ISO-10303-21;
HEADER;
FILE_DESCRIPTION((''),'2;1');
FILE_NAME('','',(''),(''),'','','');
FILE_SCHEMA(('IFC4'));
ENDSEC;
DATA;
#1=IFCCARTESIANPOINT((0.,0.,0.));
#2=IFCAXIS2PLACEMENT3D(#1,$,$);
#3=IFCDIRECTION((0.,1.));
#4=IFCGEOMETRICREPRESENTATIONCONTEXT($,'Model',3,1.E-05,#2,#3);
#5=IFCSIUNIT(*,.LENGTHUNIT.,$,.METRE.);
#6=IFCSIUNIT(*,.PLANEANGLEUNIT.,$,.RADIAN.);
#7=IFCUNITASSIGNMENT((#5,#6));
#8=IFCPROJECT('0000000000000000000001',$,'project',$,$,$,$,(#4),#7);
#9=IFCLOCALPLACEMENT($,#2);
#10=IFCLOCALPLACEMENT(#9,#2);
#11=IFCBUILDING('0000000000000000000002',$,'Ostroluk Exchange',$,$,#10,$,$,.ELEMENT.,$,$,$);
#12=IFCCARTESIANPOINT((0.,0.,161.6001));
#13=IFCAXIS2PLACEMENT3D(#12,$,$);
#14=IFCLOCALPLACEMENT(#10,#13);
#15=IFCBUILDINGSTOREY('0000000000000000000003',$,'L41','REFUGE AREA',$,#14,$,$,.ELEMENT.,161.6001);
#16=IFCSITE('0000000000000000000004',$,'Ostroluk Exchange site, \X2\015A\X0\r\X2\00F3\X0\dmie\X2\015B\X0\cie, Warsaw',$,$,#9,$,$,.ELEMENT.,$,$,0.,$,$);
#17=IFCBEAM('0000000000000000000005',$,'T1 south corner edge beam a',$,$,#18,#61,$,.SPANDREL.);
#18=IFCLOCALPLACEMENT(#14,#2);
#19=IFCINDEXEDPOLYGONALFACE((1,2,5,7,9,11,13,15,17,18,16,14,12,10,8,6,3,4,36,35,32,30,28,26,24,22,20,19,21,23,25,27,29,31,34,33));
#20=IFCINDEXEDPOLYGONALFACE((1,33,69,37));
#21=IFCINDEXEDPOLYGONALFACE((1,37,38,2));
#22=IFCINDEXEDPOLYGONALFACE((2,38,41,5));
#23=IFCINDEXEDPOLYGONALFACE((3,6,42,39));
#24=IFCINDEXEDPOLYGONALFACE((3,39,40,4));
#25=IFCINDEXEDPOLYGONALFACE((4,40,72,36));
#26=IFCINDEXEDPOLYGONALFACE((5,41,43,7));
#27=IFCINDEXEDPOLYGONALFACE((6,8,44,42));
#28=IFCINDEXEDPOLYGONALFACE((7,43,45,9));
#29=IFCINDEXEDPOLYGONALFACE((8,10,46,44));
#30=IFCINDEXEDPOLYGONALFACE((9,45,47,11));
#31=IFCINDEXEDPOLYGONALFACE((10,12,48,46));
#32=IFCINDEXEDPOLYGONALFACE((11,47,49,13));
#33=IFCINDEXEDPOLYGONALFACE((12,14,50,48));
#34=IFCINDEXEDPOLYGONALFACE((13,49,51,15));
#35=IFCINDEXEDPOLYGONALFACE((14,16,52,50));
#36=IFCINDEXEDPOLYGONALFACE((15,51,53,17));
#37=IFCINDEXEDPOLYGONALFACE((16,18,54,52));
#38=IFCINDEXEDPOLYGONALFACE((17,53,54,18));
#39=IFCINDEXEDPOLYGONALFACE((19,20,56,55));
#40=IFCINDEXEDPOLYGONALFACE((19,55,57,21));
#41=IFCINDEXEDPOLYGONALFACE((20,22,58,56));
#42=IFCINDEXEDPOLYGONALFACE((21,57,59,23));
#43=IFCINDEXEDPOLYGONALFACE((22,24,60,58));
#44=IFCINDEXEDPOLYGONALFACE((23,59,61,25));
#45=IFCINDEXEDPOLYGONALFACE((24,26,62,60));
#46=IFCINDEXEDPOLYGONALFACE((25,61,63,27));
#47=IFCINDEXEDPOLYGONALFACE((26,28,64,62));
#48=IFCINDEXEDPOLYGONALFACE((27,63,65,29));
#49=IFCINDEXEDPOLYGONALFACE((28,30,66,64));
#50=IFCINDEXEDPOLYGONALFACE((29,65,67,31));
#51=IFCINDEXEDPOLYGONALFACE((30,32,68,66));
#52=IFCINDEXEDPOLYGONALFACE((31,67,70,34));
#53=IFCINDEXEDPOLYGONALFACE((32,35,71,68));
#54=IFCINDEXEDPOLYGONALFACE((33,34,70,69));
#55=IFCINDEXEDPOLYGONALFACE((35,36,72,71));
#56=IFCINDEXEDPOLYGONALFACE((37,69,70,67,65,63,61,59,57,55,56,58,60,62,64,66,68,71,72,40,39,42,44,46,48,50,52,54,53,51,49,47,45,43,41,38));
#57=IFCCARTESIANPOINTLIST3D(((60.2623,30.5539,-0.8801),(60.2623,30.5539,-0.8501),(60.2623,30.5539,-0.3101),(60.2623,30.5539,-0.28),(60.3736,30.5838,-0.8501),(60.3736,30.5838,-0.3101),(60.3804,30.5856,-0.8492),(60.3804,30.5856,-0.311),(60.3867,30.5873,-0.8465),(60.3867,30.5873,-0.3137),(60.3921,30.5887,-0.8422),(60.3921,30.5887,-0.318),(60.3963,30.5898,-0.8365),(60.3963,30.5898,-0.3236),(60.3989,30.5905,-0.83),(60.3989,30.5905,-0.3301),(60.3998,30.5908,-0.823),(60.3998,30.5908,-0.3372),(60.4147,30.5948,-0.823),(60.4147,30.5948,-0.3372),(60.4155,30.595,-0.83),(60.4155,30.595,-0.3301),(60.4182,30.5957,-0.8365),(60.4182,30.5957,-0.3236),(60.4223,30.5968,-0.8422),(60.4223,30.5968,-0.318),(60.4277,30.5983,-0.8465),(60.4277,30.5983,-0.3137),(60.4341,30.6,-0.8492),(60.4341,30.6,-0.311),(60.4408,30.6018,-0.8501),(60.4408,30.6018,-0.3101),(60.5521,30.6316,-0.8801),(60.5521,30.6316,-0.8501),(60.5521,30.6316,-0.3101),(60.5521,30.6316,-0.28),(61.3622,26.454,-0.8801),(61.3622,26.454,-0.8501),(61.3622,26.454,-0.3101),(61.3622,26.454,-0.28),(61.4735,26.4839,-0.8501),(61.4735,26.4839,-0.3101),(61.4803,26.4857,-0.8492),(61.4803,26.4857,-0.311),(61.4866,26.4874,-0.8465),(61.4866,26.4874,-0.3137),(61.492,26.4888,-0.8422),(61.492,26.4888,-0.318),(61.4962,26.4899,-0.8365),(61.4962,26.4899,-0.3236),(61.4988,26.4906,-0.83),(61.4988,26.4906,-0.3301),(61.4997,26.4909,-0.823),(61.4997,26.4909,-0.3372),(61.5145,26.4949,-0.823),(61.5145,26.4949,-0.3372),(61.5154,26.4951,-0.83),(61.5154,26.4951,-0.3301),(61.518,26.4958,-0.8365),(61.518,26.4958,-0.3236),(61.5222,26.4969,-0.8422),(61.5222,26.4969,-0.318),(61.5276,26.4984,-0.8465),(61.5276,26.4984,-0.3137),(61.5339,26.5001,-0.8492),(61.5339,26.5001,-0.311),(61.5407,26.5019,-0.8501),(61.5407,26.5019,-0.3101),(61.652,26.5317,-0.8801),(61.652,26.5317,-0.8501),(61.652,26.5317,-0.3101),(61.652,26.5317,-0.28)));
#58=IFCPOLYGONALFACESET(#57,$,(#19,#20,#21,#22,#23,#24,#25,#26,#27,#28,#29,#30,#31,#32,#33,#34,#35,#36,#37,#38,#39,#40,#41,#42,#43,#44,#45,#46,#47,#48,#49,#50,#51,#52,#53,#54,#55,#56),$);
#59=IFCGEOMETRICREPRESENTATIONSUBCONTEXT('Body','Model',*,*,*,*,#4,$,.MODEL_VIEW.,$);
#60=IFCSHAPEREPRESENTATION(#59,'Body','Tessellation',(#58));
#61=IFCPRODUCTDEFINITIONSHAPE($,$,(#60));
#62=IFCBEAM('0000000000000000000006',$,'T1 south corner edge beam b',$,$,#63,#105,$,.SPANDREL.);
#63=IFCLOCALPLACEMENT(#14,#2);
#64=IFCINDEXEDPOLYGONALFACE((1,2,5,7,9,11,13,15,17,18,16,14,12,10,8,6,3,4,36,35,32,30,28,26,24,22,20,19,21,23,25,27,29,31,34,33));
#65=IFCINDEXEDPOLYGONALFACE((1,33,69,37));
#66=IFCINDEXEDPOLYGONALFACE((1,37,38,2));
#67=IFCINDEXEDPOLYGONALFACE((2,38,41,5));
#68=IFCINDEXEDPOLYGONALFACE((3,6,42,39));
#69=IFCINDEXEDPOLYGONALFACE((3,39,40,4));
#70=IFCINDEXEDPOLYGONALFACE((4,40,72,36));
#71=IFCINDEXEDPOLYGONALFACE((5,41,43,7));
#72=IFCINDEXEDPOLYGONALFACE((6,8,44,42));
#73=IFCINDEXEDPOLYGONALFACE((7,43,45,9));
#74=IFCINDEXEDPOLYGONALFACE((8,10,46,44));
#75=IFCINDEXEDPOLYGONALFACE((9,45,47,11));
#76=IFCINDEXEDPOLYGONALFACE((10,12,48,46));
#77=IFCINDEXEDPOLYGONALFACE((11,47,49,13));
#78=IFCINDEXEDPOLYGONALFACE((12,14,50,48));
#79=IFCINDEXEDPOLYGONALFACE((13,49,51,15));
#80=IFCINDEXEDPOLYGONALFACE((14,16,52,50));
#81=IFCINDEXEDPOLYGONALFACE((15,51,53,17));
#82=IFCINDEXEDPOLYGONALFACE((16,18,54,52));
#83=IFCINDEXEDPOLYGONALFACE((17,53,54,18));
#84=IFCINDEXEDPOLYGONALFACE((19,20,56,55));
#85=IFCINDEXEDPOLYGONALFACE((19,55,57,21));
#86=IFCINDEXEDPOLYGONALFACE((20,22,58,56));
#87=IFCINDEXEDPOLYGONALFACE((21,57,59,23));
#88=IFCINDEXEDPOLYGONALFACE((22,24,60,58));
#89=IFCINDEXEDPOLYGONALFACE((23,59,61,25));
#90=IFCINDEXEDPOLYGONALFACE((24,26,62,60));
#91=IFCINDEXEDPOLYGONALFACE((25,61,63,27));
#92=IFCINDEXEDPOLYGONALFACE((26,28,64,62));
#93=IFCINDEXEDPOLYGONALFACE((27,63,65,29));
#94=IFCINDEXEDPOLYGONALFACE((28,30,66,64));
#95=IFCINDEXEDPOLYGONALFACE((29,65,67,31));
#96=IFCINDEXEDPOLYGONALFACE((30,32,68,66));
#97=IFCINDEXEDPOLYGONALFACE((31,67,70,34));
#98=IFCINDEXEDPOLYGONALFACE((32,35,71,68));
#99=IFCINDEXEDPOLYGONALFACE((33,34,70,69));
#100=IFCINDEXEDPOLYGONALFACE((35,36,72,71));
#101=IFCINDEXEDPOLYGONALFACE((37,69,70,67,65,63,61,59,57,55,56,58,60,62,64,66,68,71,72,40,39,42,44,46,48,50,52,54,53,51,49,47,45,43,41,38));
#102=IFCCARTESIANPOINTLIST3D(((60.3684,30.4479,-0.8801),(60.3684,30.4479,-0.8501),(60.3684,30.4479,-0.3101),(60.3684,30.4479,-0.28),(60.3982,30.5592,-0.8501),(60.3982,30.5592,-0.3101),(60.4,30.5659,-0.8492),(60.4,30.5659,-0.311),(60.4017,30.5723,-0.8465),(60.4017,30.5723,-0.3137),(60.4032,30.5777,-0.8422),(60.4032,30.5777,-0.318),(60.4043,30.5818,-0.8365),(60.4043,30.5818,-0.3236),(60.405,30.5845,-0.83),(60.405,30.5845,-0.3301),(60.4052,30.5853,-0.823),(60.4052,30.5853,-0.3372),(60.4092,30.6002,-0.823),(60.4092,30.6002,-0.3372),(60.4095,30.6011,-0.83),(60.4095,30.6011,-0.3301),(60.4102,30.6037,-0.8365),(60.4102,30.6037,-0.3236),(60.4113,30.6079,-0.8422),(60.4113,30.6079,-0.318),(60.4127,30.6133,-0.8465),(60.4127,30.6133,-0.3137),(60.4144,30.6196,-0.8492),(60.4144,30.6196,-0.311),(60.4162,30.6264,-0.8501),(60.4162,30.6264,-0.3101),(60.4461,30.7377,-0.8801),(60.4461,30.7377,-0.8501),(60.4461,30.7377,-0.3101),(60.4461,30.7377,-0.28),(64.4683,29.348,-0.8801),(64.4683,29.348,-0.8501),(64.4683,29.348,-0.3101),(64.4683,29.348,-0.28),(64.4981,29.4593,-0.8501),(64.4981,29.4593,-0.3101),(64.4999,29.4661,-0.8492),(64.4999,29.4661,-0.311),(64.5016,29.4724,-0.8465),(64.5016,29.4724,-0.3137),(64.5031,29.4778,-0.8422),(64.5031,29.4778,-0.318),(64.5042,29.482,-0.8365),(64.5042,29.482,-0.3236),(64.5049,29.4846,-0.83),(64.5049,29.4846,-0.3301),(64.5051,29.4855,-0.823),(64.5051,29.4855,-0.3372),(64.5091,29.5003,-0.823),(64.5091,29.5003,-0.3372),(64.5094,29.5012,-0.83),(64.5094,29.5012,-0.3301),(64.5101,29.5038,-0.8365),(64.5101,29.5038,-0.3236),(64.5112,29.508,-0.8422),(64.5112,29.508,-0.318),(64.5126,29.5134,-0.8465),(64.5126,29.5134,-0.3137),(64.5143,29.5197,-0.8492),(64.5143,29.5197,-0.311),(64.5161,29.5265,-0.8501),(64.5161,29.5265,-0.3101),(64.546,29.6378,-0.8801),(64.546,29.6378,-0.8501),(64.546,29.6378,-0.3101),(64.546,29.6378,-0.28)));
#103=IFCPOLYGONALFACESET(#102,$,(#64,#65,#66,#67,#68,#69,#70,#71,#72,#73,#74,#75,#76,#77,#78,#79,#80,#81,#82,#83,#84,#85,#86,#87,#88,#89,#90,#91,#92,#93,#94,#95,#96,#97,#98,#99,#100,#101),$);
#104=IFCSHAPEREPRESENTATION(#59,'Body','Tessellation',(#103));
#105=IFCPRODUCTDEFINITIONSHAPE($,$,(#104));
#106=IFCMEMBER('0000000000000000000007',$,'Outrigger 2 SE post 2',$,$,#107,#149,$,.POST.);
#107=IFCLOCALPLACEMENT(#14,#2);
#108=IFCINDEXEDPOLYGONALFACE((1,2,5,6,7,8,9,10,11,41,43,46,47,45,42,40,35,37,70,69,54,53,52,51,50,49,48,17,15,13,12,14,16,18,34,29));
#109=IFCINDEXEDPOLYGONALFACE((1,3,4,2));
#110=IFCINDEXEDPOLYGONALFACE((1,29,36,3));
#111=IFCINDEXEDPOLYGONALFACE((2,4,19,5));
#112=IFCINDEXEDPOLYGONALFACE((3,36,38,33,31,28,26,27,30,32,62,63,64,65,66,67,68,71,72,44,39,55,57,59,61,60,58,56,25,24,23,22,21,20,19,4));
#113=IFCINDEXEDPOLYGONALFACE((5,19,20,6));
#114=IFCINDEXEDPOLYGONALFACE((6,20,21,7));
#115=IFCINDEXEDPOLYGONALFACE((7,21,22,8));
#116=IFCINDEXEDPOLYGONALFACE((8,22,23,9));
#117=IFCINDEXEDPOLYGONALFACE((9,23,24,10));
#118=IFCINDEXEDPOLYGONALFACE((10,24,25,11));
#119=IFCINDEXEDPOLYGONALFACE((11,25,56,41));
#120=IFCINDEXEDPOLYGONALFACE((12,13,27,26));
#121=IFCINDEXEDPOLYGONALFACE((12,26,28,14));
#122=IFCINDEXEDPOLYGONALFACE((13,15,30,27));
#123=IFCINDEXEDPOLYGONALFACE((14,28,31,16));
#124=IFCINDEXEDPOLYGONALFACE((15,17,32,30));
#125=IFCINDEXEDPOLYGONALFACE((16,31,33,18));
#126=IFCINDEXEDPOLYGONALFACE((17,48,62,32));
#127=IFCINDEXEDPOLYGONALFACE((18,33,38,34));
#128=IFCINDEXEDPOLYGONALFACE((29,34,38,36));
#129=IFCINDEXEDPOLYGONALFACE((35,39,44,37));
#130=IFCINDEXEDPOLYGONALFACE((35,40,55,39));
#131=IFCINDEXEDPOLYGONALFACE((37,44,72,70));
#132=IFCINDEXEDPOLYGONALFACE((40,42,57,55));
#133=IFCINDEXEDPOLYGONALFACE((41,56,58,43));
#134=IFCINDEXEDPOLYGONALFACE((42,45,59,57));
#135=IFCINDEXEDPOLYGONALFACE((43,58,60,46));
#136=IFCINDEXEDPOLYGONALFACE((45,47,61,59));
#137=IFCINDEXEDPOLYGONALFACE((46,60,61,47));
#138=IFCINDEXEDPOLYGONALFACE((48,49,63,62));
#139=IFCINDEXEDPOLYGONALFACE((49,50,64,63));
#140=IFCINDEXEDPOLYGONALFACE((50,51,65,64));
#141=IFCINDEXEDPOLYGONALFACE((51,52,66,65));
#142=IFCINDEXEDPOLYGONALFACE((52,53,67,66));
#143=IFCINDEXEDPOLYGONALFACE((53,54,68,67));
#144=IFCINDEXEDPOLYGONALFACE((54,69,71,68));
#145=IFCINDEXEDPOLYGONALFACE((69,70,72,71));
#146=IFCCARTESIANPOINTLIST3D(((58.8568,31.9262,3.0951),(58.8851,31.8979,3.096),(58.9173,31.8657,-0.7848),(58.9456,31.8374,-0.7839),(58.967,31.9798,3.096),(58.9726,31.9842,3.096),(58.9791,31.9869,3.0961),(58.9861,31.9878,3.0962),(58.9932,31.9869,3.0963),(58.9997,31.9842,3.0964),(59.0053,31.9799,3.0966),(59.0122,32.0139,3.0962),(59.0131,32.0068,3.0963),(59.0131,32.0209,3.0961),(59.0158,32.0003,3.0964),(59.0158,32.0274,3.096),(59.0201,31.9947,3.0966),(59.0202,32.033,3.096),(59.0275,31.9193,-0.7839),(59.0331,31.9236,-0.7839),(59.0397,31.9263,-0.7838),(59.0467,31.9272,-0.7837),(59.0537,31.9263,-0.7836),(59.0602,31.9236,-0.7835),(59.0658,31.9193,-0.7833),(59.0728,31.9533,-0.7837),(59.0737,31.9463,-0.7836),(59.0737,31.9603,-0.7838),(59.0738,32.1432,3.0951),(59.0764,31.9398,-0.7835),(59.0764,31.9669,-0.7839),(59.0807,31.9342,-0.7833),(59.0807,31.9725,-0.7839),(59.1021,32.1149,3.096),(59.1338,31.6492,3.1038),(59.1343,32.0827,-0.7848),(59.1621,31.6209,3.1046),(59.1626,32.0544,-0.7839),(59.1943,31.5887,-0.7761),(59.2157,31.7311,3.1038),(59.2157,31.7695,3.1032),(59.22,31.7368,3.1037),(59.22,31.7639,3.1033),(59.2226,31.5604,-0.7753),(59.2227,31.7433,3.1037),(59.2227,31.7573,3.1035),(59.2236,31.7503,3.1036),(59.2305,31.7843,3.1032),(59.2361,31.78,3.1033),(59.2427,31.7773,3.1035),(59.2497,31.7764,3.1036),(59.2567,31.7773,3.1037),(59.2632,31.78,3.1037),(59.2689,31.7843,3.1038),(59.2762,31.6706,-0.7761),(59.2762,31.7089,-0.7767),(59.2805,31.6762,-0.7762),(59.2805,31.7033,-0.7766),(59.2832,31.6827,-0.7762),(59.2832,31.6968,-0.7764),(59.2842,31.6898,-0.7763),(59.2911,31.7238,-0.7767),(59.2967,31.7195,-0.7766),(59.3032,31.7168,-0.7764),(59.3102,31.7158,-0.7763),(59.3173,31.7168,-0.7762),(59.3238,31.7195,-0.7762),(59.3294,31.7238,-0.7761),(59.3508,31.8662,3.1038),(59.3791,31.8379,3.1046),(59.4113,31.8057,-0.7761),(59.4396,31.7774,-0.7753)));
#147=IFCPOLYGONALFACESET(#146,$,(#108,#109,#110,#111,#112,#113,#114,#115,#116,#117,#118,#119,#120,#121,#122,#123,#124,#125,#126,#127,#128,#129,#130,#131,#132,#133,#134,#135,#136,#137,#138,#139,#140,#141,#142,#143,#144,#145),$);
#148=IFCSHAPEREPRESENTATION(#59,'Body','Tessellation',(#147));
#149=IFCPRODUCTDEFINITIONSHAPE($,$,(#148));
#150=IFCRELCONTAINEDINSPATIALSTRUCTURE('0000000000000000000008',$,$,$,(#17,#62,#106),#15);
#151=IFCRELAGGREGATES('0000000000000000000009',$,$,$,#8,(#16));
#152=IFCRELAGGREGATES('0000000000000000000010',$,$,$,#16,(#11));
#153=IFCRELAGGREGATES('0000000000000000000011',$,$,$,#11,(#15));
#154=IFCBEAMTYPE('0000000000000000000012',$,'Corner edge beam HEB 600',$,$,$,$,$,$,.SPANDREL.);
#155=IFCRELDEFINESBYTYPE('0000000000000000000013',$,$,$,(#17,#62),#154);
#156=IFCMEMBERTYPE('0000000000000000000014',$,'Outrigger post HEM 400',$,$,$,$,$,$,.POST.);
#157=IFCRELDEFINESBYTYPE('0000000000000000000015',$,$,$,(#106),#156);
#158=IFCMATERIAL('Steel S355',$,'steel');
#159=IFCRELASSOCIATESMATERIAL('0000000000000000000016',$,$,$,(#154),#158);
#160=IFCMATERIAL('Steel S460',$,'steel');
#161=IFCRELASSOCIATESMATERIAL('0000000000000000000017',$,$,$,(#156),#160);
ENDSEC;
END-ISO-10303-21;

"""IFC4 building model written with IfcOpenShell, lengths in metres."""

from ifc_helpers import new_model, si_unit, direction, frame, origin, origin_2d, place, context, subcontext, project, spatial, i_section, extrude, material, material_profile, profile_set, type_object, element, save


model = new_model("IFC4")

# Units and contexts
model_context = context("Model", 3, precision=1e-05, world=origin(), true_north=direction((0.0, 1.0)))
body_context = subcontext(model_context, "Body", "Model", "MODEL_VIEW")
ifc_project = project(units=[si_unit("LENGTHUNIT", "METRE"), si_unit("PLANEANGLEUNIT", "RADIAN")], contexts=[model_context])

# Site, building, storey
site_placement = place(None, origin())
site = spatial("IfcSite", under=ifc_project, at=site_placement, Name="Ostroluk Exchange site, Śródmieście, Warsaw", CompositionType="ELEMENT", RefElevation=0.0)
building_placement = place(site_placement, origin())
building = spatial("IfcBuilding", under=site, at=building_placement, Name="Ostroluk Exchange", CompositionType="ELEMENT")
storey_placement = place(building_placement, frame((0.0, 0.0, 161.6001)))
storey = spatial("IfcBuildingStorey", under=building, at=storey_placement, Name="L41", Description="REFUGE AREA", CompositionType="ELEMENT", Elevation=161.6001)

# Beams
ifc_material_1 = material(Name="Steel S355", Category="steel")
ifc_material_profile_1 = material_profile(ifc_material_1, i_section(OverallWidth=0.3, OverallDepth=0.6001, WebThickness=0.0154, FlangeThickness=0.03, FilletRadius=0.0271, at=origin_2d()), Name="HEB 600")
ifc_profile_set_1 = profile_set([ifc_material_profile_1], Name="Steel S355")
beam_type = type_object("IfcBeamType", Name="Corner edge beam HEB 600", PredefinedType="SPANDREL", material=ifc_profile_set_1)
for number, where, z_axis, x_axis, name in (
    (1, (60.4072, 30.5928, -0.5801), (0.259105, -0.965849, 0.0), (0.965849, 0.259105, 0.0), "T1 south corner edge beam a"),
    (2, (60.4072, 30.5928, -0.5801), (0.965849, -0.259105, 0.0), (0.259105, 0.965849, 0.0), "T1 south corner edge beam b"),
):
    element("IfcBeam", number, at=place(storey_placement, frame(where, z_axis=z_axis, x_axis=x_axis)), inside=storey, type_object=beam_type, Name=name, PredefinedType="SPANDREL", context=body_context, shape_type="SweptSolid", body=[
        extrude(i_section(OverallWidth=0.3, OverallDepth=0.6001, WebThickness=0.0154, FlangeThickness=0.03, FilletRadius=0.0271, at=origin_2d()), origin(), (0.0, 0.0, 1.0), 4.2449),
    ])

# Member
ifc_material_2 = material(Name="Steel S460", Category="steel")
ifc_material_profile_2 = material_profile(ifc_material_2, i_section(OverallWidth=0.3069, OverallDepth=0.4319, WebThickness=0.021, FlangeThickness=0.04, FilletRadius=0.0271, at=origin_2d()), Name="HEM 400")
ifc_profile_set_2 = profile_set([ifc_material_profile_2], Name="Steel S460")
member_type_1 = type_object("IfcMemberType", Name="Outrigger post HEM 400", PredefinedType="POST", material=ifc_profile_set_2)
member_1_placement = place(storey_placement, frame((59.1785, 31.8215, -0.78), z_axis=(-0.015602, 0.015602, 0.999757), x_axis=(-0.707107, -0.707107, 0.0)))
element("IfcMember", 3, at=member_1_placement, inside=storey, type_object=member_type_1, Name="Outrigger 2 SE post 2", PredefinedType="POST", context=body_context, shape_type="SweptSolid", body=[
    extrude(i_section(OverallWidth=0.3069, OverallDepth=0.4319, WebThickness=0.021, FlangeThickness=0.04, FilletRadius=0.0271, at=origin_2d()), origin(), (0.0, 0.0, 1.0), 3.8809),
])

save(model, "model.ifc")
